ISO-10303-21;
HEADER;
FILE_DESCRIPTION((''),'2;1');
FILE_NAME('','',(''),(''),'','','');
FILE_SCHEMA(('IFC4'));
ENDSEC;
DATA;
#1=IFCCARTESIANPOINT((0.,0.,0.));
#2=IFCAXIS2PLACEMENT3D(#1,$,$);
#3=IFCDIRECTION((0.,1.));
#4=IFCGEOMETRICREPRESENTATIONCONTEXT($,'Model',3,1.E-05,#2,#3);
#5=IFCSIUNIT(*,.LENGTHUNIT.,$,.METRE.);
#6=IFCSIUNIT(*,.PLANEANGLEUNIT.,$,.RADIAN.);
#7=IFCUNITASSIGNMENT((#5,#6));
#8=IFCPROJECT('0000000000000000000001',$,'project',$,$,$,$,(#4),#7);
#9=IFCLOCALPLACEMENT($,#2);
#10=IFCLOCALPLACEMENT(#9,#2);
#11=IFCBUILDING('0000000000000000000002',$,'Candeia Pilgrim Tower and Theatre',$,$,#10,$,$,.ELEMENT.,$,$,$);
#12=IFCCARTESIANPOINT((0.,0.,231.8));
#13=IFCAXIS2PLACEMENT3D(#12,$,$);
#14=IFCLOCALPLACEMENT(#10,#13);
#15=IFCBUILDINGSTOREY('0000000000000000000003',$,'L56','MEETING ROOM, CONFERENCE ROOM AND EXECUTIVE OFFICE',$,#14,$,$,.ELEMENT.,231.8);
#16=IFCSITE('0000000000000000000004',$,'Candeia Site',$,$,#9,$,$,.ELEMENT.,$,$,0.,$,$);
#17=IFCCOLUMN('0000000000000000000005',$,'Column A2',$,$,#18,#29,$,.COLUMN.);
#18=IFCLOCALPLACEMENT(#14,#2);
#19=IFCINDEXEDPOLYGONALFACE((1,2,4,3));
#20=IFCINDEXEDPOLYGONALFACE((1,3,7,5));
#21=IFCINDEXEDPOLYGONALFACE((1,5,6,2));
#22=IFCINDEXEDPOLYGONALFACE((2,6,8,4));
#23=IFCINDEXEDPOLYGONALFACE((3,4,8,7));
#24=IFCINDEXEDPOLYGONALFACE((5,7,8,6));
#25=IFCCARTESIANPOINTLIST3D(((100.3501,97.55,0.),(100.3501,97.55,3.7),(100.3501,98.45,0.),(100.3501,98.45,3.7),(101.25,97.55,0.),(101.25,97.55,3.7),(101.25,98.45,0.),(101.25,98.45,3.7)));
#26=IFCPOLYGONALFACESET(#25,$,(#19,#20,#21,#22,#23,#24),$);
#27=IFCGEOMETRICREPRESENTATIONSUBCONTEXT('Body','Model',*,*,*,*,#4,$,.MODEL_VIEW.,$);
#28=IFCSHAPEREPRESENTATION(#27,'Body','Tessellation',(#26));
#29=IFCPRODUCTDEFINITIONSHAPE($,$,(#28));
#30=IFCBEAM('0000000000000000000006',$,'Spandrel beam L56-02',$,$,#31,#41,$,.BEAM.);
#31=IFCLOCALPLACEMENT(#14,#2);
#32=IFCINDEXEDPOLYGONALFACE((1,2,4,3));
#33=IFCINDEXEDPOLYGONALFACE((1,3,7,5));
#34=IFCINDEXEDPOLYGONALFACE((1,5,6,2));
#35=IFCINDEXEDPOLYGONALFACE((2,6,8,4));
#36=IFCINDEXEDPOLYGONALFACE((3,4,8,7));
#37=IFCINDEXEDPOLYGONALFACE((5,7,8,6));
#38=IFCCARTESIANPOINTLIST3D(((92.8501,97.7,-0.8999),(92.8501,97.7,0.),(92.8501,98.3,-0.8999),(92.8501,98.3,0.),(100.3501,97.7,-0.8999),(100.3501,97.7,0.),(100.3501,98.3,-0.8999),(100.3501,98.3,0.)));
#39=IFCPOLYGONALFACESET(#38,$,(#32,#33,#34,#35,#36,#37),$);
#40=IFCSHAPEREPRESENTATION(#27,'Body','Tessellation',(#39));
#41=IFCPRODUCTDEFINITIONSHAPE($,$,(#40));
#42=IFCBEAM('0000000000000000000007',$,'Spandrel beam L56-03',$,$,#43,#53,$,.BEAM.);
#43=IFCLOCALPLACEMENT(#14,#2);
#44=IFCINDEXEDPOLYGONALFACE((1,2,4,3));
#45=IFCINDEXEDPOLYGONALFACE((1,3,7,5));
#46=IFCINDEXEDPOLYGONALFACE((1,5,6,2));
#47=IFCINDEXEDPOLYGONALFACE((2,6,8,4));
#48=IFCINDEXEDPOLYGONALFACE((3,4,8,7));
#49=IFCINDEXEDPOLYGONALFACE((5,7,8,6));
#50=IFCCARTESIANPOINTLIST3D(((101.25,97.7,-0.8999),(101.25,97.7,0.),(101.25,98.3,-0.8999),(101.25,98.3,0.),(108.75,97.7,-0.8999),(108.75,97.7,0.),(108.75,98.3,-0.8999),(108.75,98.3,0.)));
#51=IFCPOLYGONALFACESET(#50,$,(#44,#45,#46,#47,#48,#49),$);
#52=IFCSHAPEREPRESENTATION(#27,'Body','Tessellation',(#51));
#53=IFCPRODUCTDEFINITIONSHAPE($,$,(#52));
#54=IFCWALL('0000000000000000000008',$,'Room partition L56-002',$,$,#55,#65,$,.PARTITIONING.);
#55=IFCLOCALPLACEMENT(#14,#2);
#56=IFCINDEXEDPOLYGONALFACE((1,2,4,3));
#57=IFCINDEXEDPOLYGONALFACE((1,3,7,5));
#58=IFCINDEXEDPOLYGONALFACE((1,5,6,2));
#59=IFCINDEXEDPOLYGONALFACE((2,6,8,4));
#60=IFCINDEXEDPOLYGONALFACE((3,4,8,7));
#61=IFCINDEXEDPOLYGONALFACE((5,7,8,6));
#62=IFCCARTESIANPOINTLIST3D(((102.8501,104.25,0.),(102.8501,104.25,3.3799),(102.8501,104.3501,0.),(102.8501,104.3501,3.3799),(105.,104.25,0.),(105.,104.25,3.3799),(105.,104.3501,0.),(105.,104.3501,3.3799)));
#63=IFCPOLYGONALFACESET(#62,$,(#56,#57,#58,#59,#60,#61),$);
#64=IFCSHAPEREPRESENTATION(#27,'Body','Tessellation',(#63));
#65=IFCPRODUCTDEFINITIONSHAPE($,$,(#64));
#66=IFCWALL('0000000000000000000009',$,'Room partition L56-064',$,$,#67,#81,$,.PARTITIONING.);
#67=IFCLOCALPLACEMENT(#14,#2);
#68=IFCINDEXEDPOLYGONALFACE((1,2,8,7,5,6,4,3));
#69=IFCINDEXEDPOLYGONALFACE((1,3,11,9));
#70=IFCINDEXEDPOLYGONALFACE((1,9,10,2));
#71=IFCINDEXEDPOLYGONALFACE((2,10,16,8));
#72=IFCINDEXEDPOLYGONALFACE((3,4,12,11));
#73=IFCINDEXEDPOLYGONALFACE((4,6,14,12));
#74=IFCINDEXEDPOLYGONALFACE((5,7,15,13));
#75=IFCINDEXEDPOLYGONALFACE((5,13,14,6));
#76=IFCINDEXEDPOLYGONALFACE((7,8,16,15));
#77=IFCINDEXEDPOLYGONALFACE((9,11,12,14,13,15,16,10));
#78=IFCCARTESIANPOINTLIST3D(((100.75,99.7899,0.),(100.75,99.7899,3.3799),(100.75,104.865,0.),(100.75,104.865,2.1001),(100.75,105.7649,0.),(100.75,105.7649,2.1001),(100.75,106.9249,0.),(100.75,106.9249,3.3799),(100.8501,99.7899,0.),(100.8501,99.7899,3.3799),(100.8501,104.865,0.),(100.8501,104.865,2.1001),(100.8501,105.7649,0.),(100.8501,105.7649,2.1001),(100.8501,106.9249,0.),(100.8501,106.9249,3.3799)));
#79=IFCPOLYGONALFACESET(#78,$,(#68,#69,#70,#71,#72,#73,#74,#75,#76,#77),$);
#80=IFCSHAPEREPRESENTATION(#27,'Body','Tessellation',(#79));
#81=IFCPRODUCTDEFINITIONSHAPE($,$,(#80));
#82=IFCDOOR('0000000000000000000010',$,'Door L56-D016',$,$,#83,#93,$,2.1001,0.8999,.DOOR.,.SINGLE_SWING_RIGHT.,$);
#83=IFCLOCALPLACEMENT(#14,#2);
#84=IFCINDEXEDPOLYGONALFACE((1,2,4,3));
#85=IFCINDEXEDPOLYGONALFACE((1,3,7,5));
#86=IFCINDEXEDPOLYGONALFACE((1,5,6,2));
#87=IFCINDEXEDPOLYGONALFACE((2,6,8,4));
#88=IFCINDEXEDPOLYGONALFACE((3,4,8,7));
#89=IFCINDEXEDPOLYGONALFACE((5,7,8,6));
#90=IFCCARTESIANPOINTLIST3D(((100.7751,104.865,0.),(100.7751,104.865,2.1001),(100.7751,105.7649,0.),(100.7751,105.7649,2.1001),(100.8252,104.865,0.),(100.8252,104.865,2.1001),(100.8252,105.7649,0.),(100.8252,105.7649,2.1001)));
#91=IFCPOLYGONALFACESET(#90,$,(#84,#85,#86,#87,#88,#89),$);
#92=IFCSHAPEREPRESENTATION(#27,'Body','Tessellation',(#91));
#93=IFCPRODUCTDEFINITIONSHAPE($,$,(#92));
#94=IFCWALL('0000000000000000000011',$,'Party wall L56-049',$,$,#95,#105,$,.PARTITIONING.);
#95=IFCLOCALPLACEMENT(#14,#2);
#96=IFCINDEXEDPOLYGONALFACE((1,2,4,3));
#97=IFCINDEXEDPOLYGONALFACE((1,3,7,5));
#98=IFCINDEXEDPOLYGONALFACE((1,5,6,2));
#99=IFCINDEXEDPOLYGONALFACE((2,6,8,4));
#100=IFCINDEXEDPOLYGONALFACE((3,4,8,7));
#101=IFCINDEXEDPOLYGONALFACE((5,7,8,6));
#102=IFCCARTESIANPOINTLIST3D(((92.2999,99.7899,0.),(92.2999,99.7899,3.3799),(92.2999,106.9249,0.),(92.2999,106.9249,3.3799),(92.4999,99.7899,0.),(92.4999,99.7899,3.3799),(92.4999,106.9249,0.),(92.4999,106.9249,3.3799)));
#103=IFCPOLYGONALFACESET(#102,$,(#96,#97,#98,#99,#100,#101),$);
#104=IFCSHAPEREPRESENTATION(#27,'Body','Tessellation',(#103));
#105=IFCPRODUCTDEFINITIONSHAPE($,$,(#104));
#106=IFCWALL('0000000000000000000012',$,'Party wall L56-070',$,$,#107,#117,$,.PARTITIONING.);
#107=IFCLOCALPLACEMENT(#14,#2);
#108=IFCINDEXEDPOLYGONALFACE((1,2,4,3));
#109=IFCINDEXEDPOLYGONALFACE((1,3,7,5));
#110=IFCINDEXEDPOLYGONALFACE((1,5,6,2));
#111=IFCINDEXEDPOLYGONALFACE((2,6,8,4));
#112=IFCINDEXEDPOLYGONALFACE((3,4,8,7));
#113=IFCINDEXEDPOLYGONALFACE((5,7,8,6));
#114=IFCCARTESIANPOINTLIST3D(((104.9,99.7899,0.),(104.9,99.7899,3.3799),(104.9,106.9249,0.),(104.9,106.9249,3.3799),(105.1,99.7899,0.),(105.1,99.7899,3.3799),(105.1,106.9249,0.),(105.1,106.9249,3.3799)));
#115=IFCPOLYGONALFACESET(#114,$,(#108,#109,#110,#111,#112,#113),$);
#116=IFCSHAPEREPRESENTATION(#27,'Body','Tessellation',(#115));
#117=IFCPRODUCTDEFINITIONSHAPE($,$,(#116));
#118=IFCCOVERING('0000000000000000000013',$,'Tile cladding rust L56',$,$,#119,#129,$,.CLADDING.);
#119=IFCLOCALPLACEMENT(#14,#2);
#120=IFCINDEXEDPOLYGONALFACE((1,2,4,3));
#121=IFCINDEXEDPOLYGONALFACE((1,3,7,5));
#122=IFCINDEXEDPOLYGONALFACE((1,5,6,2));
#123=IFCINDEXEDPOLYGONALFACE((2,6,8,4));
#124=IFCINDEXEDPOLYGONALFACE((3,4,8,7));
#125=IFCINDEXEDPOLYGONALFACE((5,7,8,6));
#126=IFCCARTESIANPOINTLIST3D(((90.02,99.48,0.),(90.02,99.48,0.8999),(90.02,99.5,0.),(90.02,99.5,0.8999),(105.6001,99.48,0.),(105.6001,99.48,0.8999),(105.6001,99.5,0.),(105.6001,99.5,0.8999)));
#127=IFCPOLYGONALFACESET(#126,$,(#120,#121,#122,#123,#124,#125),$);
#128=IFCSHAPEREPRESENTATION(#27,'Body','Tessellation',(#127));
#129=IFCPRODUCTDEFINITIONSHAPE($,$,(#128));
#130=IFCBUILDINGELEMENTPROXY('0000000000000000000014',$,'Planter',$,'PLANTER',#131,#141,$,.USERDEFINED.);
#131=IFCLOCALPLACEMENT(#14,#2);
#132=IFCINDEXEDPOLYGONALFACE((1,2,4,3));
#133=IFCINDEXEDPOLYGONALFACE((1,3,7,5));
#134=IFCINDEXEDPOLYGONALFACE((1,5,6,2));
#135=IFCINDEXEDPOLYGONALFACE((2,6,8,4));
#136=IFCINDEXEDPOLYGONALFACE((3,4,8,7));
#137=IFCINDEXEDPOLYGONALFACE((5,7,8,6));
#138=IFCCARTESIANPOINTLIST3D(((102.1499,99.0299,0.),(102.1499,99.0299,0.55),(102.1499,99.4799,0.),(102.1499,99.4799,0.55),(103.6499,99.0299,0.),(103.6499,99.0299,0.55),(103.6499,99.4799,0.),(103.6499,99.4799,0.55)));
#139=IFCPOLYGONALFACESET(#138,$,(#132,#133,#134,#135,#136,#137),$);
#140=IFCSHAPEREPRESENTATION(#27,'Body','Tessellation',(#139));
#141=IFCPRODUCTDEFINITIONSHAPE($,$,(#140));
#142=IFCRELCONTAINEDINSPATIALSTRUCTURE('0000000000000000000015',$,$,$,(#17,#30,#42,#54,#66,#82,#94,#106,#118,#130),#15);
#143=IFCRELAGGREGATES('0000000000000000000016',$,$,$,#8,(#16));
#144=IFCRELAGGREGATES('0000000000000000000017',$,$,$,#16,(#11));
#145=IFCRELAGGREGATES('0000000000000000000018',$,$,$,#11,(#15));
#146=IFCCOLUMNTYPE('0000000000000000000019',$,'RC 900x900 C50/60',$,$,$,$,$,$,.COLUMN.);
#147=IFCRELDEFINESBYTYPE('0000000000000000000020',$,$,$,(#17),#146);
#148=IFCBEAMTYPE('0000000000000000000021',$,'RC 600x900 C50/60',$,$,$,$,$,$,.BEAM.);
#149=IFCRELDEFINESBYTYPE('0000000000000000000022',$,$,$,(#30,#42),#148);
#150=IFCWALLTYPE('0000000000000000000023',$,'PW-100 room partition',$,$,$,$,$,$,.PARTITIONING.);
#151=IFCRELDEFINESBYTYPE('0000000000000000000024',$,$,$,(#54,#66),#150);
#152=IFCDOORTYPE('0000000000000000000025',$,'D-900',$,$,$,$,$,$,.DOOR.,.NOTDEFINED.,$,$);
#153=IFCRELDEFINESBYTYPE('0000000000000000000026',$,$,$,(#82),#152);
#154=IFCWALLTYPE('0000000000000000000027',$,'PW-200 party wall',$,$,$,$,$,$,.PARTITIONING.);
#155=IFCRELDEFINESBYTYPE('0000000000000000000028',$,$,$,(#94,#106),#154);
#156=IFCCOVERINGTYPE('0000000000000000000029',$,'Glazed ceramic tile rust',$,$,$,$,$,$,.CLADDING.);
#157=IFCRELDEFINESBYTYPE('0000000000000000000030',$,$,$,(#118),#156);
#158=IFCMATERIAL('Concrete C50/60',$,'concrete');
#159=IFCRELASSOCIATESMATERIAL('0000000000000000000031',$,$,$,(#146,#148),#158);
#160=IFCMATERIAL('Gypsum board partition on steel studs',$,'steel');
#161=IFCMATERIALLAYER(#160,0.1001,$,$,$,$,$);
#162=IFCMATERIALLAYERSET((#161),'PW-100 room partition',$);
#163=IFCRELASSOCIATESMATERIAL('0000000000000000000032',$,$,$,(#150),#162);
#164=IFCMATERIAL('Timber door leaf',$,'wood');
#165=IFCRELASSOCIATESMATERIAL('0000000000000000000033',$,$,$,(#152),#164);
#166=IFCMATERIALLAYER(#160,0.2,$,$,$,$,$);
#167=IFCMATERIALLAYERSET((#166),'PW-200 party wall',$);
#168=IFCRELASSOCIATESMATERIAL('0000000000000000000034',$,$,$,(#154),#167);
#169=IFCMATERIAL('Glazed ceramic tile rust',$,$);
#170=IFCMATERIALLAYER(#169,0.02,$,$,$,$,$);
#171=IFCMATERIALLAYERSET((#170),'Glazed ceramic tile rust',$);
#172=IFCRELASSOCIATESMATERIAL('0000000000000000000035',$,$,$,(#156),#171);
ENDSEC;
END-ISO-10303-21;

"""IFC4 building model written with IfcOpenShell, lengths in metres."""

from ifc_helpers import new_model, si_unit, direction, frame, frame_2d, origin, origin_2d, place, context, subcontext, project, spatial, rectangle, extrude, material, layer, layer_set, material_profile, profile_set, type_object, element, fill, save


model = new_model("IFC4")

# Units and contexts
model_context = context("Model", 3, precision=1e-05, world=origin(), true_north=direction((0.0, 1.0)))
body_context = subcontext(model_context, "Body", "Model", "MODEL_VIEW")
ifc_project = project(units=[si_unit("LENGTHUNIT", "METRE"), si_unit("PLANEANGLEUNIT", "RADIAN")], contexts=[model_context])

# Site, building, storey
site_placement = place(None, origin())
site = spatial("IfcSite", under=ifc_project, at=site_placement, Name="Candeia Site", CompositionType="ELEMENT", RefElevation=0.0)
building_placement = place(site_placement, origin())
building = spatial("IfcBuilding", under=site, at=building_placement, Name="Candeia Pilgrim Tower and Theatre", CompositionType="ELEMENT")
storey_placement = place(building_placement, frame((0.0, 0.0, 231.8)))
storey = spatial("IfcBuildingStorey", under=building, at=storey_placement, Name="L56", Description="MEETING ROOM, CONFERENCE ROOM AND EXECUTIVE OFFICE", CompositionType="ELEMENT", Elevation=231.8)

# Column
ifc_material_1 = material(Name="Concrete C50/60", Category="concrete")
ifc_material_profile_1 = material_profile(ifc_material_1, rectangle(XDim=0.8999, YDim=0.8999, at=origin_2d()))
ifc_profile_set_1 = profile_set([ifc_material_profile_1], Name="Concrete C50/60")
column_type = type_object("IfcColumnType", Name="RC 900x900 C50/60", PredefinedType="COLUMN", material=ifc_profile_set_1)
column_placement = place(storey_placement, frame((100.8, 98.0, 0.0), z_axis=(0.0, 0.0, 1.0), x_axis=(1.0, 0.0, 0.0)))
element("IfcColumn", 1, at=column_placement, inside=storey, type_object=column_type, Name="Column A2", PredefinedType="COLUMN", context=body_context, shape_type="SweptSolid", body=[
    extrude(rectangle(XDim=0.8999, YDim=0.8999, at=origin_2d()), origin(), (0.0, 0.0, 1.0), 3.7),
])

# Beams
ifc_material_profile_2 = material_profile(ifc_material_1, rectangle(XDim=0.6001, YDim=0.8999, at=origin_2d()))
ifc_profile_set_2 = profile_set([ifc_material_profile_2], Name="Concrete C50/60")
beam_type = type_object("IfcBeamType", Name="RC 600x900 C50/60", PredefinedType="BEAM", material=ifc_profile_set_2)
for number, where, z_axis, x_axis, name in (
    (2, (92.8501, 98.0, -0.45), (1.0, 0.0, 0.0), (0.0, 1.0, 0.0), "Spandrel beam L56-02"),
    (3, (101.25, 98.0, -0.45), (1.0, 0.0, 0.0), (0.0, 1.0, 0.0), "Spandrel beam L56-03"),
):
    element("IfcBeam", number, at=place(storey_placement, frame(where, z_axis=z_axis, x_axis=x_axis)), inside=storey, type_object=beam_type, Name=name, PredefinedType="BEAM", context=body_context, shape_type="SweptSolid", body=[
        extrude(rectangle(XDim=0.6001, YDim=0.8999, at=origin_2d()), origin(), (0.0, 0.0, 1.0), 7.5),
    ])

# Wall
ifc_material_2 = material(Name="Gypsum board partition on steel studs", Category="steel")
ifc_layer_1 = layer(ifc_material_2, 0.1001)
ifc_layer_set_1 = layer_set([ifc_layer_1], Name="PW-100 room partition")
wall_type_1 = type_object("IfcWallType", Name="PW-100 room partition", PredefinedType="PARTITIONING", material=ifc_layer_set_1)
wall_1_placement = place(storey_placement, frame((102.8501, 104.3, 0.0), z_axis=(0.0, 0.0, 1.0), x_axis=(1.0, 0.0, 0.0)))
element("IfcWall", 4, at=wall_1_placement, inside=storey, type_object=wall_type_1, Name="Room partition L56-002", PredefinedType="PARTITIONING", context=body_context, shape_type="SweptSolid", body=[
    extrude(rectangle(XDim=2.1499, YDim=0.1001, at=frame_2d((1.075, 0.0))), origin(), (0.0, 0.0, 1.0), 3.3799),
])

# Wall, opening, door
wall_2_placement = place(storey_placement, frame((100.8, 99.79, 0.0), z_axis=(0.0, 0.0, 1.0), x_axis=(0.0, 1.0, 0.0)))
wall_2 = element("IfcWall", 5, at=wall_2_placement, inside=storey, type_object=wall_type_1, Name="Room partition L56-064", PredefinedType="PARTITIONING", context=body_context, shape_type="SweptSolid", body=[
    extrude(rectangle(XDim=7.135, YDim=0.1001, at=frame_2d((3.5674, 0.0))), origin(), (0.0, 0.0, 1.0), 3.3799),
])
opening_placement = place(wall_2_placement, frame((5.075, 0.0, 0.0)))
opening = element("IfcOpeningElement", 6, at=opening_placement, cuts=wall_2, PredefinedType="OPENING", context=body_context, shape_type="SweptSolid", body=[
    extrude(rectangle(XDim=0.8999, YDim=2.1001, at=frame_2d((0.45, 1.05))), frame((0.0, 0.0601, 0.0), z_axis=(0.0, -1.0, 0.0), x_axis=(1.0, 0.0, 0.0)), (0.0, 0.0, 1.0), 0.1201),
])
ifc_material_3 = material(Name="Timber door leaf", Category="wood")
door_type = type_object("IfcDoorType", Name="D-900", OperationType="NOTDEFINED", PredefinedType="DOOR", material=ifc_material_3)
door_placement = place(opening_placement, origin())
door = element("IfcDoor", 7, at=door_placement, inside=storey, type_object=door_type, Name="Door L56-D016", OperationType="SINGLE_SWING_RIGHT", OverallHeight=2.1001, OverallWidth=0.8999, PredefinedType="DOOR", context=body_context, shape_type="SweptSolid", body=[
    extrude(rectangle(XDim=0.8999, YDim=2.1001, at=frame_2d((0.45, 1.05))), frame((0.0, 0.0249, 0.0), z_axis=(0.0, -1.0, 0.0), x_axis=(1.0, 0.0, 0.0)), (0.0, 0.0, 1.0), 0.05),
])
fill(opening, door)

# Walls
ifc_layer_2 = layer(ifc_material_2, 0.2)
ifc_layer_set_2 = layer_set([ifc_layer_2], Name="PW-200 party wall")
wall_type_2 = type_object("IfcWallType", Name="PW-200 party wall", PredefinedType="PARTITIONING", material=ifc_layer_set_2)
for number, where, z_axis, x_axis, name in (
    (8, (92.3999, 99.79, 0.0), (0.0, 0.0, 1.0), (0.0, 1.0, 0.0), "Party wall L56-049"),
    (9, (105.0, 99.79, 0.0), (0.0, 0.0, 1.0), (0.0, 1.0, 0.0), "Party wall L56-070"),
):
    element("IfcWall", number, at=place(storey_placement, frame(where, z_axis=z_axis, x_axis=x_axis)), inside=storey, type_object=wall_type_2, Name=name, PredefinedType="PARTITIONING", context=body_context, shape_type="SweptSolid", body=[
        extrude(rectangle(XDim=7.135, YDim=0.2, at=frame_2d((3.5674, 0.0))), origin(), (0.0, 0.0, 1.0), 3.3799),
    ])

# Covering
ifc_material_4 = material(Name="Glazed ceramic tile rust")
ifc_layer_3 = layer(ifc_material_4, 0.02)
ifc_layer_set_3 = layer_set([ifc_layer_3], Name="Glazed ceramic tile rust")
covering_type = type_object("IfcCoveringType", Name="Glazed ceramic tile rust", PredefinedType="CLADDING", material=ifc_layer_set_3)
covering_placement = place(storey_placement, frame((97.8101, 99.49, 0.0), z_axis=(0.0, 0.0, 1.0), x_axis=(1.0, 0.0, 0.0)))
element("IfcCovering", 10, at=covering_placement, inside=storey, type_object=covering_type, Name="Tile cladding rust L56", PredefinedType="CLADDING", context=body_context, shape_type="SweptSolid", body=[
    extrude(rectangle(XDim=15.5801, YDim=0.02, at=origin_2d()), origin(), (0.0, 0.0, 1.0), 0.8999),
])

# Building element proxy
proxy_placement = place(storey_placement, frame((102.8999, 99.2549, 0.0), z_axis=(0.0, 0.0, 1.0), x_axis=(1.0, 0.0, 0.0)))
element("IfcBuildingElementProxy", 11, at=proxy_placement, inside=storey, Name="Planter", ObjectType="PLANTER", PredefinedType="USERDEFINED", context=body_context, shape_type="SweptSolid", body=[
    extrude(rectangle(XDim=1.5, YDim=0.45, at=origin_2d()), origin(), (0.0, 0.0, 1.0), 0.55),
])

save(model, "model.ifc")
